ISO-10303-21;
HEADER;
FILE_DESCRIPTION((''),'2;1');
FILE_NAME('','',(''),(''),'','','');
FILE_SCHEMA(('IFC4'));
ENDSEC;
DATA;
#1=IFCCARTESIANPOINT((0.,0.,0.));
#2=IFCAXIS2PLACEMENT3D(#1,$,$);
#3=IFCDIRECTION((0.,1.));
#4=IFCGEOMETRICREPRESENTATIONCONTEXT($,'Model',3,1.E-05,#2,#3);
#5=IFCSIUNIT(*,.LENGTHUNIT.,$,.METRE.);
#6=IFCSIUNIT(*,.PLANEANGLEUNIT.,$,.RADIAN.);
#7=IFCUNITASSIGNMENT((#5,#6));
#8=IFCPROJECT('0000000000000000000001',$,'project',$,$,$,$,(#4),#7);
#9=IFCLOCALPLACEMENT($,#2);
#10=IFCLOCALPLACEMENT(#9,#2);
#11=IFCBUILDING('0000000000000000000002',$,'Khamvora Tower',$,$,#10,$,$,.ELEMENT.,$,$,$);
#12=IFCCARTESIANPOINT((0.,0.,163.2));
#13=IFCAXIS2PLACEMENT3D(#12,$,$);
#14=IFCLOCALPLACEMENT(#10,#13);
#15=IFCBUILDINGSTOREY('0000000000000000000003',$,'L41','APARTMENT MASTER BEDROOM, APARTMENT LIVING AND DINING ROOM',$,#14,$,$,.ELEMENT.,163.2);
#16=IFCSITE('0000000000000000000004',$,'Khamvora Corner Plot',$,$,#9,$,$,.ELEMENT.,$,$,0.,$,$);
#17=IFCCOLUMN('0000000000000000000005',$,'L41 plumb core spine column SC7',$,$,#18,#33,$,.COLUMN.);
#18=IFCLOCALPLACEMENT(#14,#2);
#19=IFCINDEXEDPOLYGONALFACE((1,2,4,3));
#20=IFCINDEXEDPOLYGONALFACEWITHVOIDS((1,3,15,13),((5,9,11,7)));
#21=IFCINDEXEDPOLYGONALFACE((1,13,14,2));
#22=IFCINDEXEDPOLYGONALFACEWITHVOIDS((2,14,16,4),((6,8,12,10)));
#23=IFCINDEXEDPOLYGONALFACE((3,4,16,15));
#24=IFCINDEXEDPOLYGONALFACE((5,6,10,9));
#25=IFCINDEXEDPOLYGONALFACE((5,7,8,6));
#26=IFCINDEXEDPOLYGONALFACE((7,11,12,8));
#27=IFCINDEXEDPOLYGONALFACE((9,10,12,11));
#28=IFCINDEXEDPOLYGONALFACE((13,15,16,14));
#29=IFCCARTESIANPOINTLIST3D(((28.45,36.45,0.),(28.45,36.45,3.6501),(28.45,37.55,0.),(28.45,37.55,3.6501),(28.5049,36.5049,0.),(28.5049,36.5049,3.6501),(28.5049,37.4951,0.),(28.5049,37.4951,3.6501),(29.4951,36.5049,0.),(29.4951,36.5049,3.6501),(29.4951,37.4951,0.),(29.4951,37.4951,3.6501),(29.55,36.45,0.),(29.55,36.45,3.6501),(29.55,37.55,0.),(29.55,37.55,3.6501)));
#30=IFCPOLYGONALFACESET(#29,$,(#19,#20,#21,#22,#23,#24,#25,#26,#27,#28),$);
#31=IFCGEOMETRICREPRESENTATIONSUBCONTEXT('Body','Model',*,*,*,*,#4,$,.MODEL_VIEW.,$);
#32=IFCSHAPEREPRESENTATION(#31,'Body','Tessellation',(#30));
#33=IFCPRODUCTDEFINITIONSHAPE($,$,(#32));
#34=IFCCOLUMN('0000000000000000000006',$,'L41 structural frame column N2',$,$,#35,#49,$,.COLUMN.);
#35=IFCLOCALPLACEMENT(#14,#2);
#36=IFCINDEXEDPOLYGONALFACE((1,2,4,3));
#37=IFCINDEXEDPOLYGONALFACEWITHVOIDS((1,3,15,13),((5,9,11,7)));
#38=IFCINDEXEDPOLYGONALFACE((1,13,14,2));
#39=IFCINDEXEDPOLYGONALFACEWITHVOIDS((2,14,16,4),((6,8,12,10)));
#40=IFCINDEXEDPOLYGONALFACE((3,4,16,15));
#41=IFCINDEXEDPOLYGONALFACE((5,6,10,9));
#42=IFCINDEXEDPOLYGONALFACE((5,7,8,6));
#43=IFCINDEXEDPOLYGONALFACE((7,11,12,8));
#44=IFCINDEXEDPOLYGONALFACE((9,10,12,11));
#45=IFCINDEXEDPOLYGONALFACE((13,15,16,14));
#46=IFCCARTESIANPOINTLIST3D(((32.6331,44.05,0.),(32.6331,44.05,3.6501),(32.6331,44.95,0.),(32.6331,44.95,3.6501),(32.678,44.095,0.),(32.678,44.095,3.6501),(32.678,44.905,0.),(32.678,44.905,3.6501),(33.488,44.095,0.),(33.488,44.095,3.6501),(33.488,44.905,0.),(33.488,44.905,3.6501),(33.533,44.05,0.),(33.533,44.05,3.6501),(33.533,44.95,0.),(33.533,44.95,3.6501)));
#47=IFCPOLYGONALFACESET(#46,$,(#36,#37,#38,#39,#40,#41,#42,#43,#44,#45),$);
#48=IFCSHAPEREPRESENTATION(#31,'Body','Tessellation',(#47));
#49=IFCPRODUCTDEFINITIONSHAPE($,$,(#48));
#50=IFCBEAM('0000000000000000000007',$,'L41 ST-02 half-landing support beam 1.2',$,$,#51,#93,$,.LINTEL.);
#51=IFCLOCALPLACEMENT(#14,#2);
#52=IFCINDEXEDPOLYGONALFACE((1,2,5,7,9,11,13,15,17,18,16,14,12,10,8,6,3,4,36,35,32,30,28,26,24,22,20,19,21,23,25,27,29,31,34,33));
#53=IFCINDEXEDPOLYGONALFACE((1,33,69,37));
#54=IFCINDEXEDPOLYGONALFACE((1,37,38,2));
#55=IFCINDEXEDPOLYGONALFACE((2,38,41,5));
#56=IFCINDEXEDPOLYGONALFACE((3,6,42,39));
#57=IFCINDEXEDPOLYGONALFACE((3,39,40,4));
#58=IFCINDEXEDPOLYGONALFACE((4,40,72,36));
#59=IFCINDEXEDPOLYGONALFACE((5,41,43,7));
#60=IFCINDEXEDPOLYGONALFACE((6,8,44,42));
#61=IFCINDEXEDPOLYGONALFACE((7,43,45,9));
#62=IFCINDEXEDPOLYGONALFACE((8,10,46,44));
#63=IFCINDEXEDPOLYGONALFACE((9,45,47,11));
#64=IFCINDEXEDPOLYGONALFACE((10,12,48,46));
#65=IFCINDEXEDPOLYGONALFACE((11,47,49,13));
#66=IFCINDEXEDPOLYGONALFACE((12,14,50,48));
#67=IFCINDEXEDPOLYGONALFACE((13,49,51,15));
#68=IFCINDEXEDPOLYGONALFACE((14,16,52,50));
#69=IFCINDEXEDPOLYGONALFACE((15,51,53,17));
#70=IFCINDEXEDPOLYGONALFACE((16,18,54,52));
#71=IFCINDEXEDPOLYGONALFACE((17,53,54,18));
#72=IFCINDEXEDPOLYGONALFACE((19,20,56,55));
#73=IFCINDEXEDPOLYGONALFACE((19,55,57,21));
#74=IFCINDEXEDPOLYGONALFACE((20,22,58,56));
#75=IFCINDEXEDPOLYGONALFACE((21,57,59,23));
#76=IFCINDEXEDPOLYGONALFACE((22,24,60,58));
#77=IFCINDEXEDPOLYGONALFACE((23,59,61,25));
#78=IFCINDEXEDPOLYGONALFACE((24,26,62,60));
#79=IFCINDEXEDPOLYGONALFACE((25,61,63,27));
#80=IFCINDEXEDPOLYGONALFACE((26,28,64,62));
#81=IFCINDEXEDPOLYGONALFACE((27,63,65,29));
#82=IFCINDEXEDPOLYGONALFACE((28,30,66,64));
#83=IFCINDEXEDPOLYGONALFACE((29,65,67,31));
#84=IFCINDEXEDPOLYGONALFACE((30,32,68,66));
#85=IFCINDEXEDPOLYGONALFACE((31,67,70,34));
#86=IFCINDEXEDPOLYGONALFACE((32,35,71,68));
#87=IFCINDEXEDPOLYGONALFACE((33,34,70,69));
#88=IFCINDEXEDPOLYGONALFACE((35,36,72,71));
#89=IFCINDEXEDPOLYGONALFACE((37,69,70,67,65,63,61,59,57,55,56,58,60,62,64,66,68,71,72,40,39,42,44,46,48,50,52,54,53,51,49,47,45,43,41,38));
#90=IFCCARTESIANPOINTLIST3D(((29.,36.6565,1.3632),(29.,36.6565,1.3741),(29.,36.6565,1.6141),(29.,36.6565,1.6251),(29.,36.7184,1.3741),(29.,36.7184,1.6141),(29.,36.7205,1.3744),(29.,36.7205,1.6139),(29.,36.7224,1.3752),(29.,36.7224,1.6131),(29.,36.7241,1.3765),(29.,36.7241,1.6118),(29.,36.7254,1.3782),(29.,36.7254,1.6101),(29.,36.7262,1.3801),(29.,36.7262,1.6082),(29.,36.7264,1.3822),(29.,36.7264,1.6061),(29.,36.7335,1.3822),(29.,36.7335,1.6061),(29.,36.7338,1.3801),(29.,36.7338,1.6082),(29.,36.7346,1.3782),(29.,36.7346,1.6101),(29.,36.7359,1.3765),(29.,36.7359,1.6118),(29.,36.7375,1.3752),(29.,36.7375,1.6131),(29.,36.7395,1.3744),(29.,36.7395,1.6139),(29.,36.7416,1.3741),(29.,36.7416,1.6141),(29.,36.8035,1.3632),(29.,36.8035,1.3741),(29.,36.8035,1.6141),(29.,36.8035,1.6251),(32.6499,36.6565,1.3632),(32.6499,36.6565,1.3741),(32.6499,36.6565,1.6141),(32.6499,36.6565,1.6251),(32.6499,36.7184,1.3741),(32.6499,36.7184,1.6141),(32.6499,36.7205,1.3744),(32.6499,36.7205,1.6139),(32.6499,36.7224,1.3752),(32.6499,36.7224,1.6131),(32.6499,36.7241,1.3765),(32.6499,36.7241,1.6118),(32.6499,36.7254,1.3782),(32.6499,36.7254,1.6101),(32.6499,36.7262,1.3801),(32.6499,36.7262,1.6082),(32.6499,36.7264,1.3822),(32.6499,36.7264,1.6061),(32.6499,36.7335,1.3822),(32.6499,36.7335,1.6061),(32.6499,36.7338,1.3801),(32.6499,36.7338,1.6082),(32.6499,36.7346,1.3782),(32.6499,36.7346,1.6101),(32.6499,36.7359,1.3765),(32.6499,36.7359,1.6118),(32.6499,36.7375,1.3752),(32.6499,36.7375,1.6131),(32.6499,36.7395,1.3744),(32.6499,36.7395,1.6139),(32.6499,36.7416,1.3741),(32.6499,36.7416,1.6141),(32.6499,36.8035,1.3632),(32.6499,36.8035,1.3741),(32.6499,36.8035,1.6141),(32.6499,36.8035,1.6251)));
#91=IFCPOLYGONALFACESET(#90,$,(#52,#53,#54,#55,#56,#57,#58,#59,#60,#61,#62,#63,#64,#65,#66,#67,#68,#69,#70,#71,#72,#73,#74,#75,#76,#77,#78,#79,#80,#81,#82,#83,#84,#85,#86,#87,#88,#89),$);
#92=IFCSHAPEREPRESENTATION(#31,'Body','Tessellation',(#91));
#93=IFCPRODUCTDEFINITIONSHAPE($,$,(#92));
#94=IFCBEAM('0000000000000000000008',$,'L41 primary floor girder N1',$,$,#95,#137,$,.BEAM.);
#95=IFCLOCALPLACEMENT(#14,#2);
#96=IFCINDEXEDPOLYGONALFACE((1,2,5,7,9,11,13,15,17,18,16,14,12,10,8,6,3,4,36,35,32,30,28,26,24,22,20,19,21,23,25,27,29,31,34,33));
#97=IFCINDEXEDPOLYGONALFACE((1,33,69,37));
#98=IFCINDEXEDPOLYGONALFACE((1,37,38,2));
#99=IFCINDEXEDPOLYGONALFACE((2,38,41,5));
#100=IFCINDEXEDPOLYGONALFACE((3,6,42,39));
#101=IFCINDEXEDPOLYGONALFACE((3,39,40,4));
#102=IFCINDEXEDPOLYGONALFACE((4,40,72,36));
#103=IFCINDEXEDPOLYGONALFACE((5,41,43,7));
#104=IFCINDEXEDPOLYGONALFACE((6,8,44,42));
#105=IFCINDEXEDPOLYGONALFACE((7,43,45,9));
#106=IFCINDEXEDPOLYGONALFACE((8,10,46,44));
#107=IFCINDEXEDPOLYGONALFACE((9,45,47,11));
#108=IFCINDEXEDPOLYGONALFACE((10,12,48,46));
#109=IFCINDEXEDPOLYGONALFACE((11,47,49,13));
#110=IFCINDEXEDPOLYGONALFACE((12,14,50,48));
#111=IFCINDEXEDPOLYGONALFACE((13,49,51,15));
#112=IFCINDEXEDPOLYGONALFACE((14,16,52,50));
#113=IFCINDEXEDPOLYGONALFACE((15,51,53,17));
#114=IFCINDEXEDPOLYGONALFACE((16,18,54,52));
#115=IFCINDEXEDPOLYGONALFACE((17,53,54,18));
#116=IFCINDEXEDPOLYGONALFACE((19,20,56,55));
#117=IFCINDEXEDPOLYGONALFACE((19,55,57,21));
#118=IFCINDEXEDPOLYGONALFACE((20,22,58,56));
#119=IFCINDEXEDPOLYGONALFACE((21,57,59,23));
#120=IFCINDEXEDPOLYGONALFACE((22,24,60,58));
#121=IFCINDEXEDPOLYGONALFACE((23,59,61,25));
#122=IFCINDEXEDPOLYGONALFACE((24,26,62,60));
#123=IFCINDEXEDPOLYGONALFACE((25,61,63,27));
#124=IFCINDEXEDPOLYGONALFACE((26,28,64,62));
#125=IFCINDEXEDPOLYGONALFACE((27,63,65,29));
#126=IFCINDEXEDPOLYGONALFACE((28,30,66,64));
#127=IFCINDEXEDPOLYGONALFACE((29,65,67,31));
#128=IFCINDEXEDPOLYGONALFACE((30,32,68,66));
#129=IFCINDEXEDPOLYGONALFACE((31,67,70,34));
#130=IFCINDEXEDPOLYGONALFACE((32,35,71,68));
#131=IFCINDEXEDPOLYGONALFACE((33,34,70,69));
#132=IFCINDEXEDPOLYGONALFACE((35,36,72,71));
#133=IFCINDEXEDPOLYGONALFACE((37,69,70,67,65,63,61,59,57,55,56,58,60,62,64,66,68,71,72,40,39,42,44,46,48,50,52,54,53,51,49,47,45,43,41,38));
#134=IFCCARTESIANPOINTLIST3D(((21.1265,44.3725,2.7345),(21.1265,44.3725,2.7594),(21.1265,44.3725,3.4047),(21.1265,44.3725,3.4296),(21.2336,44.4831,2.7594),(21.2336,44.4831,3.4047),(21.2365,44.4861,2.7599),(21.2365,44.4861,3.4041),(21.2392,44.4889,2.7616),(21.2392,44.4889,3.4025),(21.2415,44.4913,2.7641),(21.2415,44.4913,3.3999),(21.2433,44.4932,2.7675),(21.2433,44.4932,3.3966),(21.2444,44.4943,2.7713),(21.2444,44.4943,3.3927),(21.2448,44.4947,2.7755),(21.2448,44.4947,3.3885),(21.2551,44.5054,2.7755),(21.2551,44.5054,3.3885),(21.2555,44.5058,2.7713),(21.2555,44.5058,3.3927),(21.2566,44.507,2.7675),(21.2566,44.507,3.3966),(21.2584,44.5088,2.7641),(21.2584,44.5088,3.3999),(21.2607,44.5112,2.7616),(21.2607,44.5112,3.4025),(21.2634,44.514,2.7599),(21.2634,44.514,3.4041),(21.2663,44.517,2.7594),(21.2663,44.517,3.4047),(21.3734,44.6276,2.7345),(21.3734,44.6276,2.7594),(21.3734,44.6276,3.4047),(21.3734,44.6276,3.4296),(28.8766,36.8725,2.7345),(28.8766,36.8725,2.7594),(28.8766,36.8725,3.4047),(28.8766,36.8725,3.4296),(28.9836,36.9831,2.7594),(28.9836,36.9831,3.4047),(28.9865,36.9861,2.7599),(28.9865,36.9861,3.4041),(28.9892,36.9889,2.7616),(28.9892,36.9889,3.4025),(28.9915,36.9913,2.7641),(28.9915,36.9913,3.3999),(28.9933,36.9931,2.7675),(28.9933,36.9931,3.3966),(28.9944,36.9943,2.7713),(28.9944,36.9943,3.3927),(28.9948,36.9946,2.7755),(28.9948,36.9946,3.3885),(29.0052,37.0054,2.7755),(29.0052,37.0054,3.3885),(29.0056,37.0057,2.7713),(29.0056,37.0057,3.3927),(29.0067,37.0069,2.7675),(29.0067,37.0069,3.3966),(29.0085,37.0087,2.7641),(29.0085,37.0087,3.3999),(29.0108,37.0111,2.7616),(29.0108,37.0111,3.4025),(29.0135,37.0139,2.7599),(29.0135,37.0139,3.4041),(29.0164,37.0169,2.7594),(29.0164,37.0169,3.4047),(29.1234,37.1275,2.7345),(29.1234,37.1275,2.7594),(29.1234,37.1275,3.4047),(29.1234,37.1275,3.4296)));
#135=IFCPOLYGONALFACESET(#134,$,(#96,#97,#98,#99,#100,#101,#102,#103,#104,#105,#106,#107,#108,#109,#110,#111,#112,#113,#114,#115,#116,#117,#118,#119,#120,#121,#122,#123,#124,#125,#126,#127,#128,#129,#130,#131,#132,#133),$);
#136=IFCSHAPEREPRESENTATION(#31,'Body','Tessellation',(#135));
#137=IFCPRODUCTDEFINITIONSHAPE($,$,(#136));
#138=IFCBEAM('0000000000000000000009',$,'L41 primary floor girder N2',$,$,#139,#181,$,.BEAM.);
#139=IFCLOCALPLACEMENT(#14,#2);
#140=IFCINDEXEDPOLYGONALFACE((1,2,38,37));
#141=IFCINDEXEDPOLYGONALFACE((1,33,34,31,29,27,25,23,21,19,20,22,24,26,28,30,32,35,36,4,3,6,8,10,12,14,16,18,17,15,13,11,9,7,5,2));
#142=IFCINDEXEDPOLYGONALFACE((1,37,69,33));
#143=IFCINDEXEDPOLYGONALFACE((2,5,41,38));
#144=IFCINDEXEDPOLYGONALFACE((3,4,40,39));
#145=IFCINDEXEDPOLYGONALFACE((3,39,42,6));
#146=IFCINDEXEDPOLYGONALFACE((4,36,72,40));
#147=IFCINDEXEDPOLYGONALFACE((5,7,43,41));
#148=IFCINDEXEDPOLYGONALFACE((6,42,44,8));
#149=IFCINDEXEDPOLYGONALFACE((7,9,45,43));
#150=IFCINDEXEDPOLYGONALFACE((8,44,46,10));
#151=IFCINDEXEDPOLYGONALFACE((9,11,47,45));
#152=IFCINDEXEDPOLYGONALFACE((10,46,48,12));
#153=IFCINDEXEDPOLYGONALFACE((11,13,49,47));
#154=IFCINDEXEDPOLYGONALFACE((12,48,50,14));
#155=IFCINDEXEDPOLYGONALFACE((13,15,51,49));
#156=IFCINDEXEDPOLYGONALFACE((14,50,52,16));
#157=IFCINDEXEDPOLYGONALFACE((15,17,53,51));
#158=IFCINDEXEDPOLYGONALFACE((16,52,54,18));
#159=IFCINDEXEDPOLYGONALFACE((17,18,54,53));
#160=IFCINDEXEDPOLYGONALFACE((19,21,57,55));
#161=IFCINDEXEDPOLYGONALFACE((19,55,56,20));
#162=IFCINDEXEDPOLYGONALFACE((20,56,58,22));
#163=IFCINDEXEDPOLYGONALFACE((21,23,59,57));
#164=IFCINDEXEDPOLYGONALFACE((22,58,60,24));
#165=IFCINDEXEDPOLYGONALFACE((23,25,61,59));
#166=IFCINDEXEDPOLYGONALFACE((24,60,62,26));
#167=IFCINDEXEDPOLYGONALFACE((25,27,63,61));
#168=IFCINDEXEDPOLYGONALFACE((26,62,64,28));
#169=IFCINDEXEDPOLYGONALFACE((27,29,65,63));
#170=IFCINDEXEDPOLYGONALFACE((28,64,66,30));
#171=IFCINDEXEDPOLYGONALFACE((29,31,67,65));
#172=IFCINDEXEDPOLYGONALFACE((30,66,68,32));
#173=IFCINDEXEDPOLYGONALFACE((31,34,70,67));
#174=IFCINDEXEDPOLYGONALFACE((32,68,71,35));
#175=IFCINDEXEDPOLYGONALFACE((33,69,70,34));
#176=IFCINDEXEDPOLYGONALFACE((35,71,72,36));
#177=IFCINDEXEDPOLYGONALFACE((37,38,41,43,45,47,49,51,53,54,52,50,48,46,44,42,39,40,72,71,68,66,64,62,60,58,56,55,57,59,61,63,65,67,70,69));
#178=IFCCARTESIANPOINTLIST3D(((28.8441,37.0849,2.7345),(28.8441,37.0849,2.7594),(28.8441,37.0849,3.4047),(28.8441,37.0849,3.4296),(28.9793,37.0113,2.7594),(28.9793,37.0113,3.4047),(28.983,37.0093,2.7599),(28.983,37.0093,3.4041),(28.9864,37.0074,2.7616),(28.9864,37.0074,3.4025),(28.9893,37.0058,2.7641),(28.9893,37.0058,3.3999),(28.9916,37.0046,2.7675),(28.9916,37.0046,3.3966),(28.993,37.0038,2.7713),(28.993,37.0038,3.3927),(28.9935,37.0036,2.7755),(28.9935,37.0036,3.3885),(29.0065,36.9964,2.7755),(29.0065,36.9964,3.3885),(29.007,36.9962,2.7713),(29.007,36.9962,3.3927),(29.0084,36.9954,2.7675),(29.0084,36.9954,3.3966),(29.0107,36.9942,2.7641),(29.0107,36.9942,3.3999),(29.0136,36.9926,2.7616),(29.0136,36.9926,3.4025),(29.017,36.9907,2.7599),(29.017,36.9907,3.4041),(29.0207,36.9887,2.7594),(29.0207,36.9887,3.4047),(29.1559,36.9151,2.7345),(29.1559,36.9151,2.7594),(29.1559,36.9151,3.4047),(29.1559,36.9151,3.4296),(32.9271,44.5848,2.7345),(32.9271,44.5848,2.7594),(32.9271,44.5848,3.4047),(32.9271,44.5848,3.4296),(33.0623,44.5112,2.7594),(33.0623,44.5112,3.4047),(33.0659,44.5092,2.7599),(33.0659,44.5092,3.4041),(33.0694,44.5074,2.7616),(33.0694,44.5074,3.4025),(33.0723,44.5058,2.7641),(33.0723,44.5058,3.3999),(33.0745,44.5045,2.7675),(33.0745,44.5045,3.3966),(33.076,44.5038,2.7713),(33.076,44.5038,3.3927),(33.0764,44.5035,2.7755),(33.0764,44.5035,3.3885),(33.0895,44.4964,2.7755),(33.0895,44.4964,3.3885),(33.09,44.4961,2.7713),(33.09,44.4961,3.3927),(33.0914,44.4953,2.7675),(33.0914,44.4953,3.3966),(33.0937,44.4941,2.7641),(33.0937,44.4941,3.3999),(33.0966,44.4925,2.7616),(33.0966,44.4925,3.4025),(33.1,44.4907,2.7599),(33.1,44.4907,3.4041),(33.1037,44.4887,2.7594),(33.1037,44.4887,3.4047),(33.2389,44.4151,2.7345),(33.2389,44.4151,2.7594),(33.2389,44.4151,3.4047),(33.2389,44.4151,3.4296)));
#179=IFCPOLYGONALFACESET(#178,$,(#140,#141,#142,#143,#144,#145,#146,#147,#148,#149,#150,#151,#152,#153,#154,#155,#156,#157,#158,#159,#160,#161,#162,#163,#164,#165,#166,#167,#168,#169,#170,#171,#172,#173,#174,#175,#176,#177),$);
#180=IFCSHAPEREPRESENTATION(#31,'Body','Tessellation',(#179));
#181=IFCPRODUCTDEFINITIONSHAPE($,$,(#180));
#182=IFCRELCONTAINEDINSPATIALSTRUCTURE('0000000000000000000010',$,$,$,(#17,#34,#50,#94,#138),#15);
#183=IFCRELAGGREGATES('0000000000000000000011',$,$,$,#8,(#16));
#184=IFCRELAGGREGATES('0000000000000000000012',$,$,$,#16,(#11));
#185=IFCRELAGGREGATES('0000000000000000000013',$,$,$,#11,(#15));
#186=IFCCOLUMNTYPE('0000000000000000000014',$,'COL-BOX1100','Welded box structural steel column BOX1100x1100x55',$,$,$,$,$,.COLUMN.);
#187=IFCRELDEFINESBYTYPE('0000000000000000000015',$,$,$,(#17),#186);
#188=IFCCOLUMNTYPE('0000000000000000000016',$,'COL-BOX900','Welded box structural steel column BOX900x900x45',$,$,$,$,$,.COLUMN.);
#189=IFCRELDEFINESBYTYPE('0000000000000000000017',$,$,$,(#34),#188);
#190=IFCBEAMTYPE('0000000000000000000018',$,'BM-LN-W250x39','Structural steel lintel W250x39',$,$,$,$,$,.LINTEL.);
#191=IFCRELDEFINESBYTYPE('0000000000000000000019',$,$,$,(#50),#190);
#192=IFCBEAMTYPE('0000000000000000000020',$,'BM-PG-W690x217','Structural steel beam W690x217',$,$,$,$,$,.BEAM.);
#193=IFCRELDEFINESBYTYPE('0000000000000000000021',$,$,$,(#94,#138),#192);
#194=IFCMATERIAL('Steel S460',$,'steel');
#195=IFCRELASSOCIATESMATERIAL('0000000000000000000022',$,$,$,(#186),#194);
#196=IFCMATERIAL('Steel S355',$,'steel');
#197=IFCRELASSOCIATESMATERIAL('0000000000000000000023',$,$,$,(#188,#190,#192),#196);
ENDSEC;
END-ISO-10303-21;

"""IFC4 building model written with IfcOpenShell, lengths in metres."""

from ifc_helpers import new_model, si_unit, direction, frame, origin, origin_2d, place, context, subcontext, project, spatial, hollow_rectangle, i_section, extrude, material, material_profile, profile_set, type_object, element, save


model = new_model("IFC4")

# Units and contexts
model_context = context("Model", 3, precision=1e-05, world=origin(), true_north=direction((0.0, 1.0)))
body_context = subcontext(model_context, "Body", "Model", "MODEL_VIEW")
ifc_project = project(units=[si_unit("LENGTHUNIT", "METRE"), si_unit("PLANEANGLEUNIT", "RADIAN")], contexts=[model_context])

# Site, building, storey
site_placement = place(None, origin())
site = spatial("IfcSite", under=ifc_project, at=site_placement, Name="Khamvora Corner Plot", CompositionType="ELEMENT", RefElevation=0.0)
building_placement = place(site_placement, origin())
building = spatial("IfcBuilding", under=site, at=building_placement, Name="Khamvora Tower", CompositionType="ELEMENT")
storey_placement = place(building_placement, frame((0.0, 0.0, 163.2)))
storey = spatial("IfcBuildingStorey", under=building, at=storey_placement, Name="L41", Description="APARTMENT MASTER BEDROOM, APARTMENT LIVING AND DINING ROOM", CompositionType="ELEMENT", Elevation=163.2)

# Columns
ifc_material_1 = material(Name="Steel S460", Category="steel")
ifc_material_profile_1 = material_profile(ifc_material_1, hollow_rectangle(XDim=1.1001, YDim=1.1001, WallThickness=0.0549, at=origin_2d()), Name="BOX1100x1100x55")
ifc_profile_set_1 = profile_set([ifc_material_profile_1], Name="Steel S460")
column_type_1 = type_object("IfcColumnType", Name="COL-BOX1100", Description="Welded box structural steel column BOX1100x1100x55", PredefinedType="COLUMN", material=ifc_profile_set_1)
column_1_placement = place(storey_placement, frame((29.0, 37.0, 0.0), z_axis=(0.0, 0.0, 1.0), x_axis=(1.0, 0.0, 0.0)))
element("IfcColumn", 1, at=column_1_placement, inside=storey, type_object=column_type_1, Name="L41 plumb core spine column SC7", PredefinedType="COLUMN", context=body_context, shape_type="SweptSolid", body=[
    extrude(hollow_rectangle(XDim=1.1001, YDim=1.1001, WallThickness=0.0549, at=origin_2d()), origin(), (0.0, 0.0, 1.0), 3.6501),
])
ifc_material_2 = material(Name="Steel S355", Category="steel")
ifc_material_profile_2 = material_profile(ifc_material_2, hollow_rectangle(XDim=0.8999, YDim=0.8999, WallThickness=0.0449, at=origin_2d()), Name="BOX900x900x45")
ifc_profile_set_2 = profile_set([ifc_material_profile_2], Name="Steel S355")
column_type_2 = type_object("IfcColumnType", Name="COL-BOX900", Description="Welded box structural steel column BOX900x900x45", PredefinedType="COLUMN", material=ifc_profile_set_2)
column_2_placement = place(storey_placement, frame((33.083, 44.5, 0.0), z_axis=(0.0, 0.0, 1.0), x_axis=(1.0, 0.0, 0.0)))
element("IfcColumn", 2, at=column_2_placement, inside=storey, type_object=column_type_2, Name="L41 structural frame column N2", PredefinedType="COLUMN", context=body_context, shape_type="SweptSolid", body=[
    extrude(hollow_rectangle(XDim=0.8999, YDim=0.8999, WallThickness=0.0449, at=origin_2d()), origin(), (0.0, 0.0, 1.0), 3.6501),
])

# Beams
ifc_material_profile_3 = material_profile(ifc_material_2, i_section(OverallWidth=0.147, OverallDepth=0.262, WebThickness=0.0071, FlangeThickness=0.011, FilletRadius=0.0081, at=origin_2d()), Name="W250x39")
ifc_profile_set_3 = profile_set([ifc_material_profile_3], Name="Steel S355")
beam_type_1 = type_object("IfcBeamType", Name="BM-LN-W250x39", Description="Structural steel lintel W250x39", PredefinedType="LINTEL", material=ifc_profile_set_3)
beam_1_placement = place(storey_placement, frame((29.0, 36.73, 1.4941), z_axis=(1.0, 0.0, 0.0), x_axis=(0.0, 1.0, 0.0)))
element("IfcBeam", 3, at=beam_1_placement, inside=storey, type_object=beam_type_1, Name="L41 ST-02 half-landing support beam 1.2", PredefinedType="LINTEL", context=body_context, shape_type="SweptSolid", body=[
    extrude(i_section(OverallWidth=0.147, OverallDepth=0.262, WebThickness=0.0071, FlangeThickness=0.011, FilletRadius=0.0081, at=origin_2d()), origin(), (0.0, 0.0, 1.0), 3.6499),
])
ifc_material_profile_4 = material_profile(ifc_material_2, i_section(OverallWidth=0.355, OverallDepth=0.6951, WebThickness=0.0149, FlangeThickness=0.0249, FilletRadius=0.0161, at=origin_2d()), Name="W690x217")
ifc_profile_set_4 = profile_set([ifc_material_profile_4], Name="Steel S355")
beam_type_2 = type_object("IfcBeamType", Name="BM-PG-W690x217", Description="Structural steel beam W690x217", PredefinedType="BEAM", material=ifc_profile_set_4)
beam_2_placement = place(storey_placement, frame((29.0, 37.0, 3.082), z_axis=(-0.718602, 0.695421, 0.0), x_axis=(-0.695421, -0.718602, 0.0)))
element("IfcBeam", 4, at=beam_2_placement, inside=storey, type_object=beam_type_2, Name="L41 primary floor girder N1", PredefinedType="BEAM", context=body_context, shape_type="SweptSolid", body=[
    extrude(i_section(OverallWidth=0.355, OverallDepth=0.6951, WebThickness=0.0149, FlangeThickness=0.0249, FilletRadius=0.0161, at=origin_2d()), origin(), (0.0, 0.0, 1.0), 10.7849),
])
beam_3_placement = place(storey_placement, frame((29.0, 37.0, 3.082), z_axis=(0.478139, 0.878284, 0.0), x_axis=(-0.878284, 0.478139, 0.0)))
element("IfcBeam", 5, at=beam_3_placement, inside=storey, type_object=beam_type_2, Name="L41 primary floor girder N2", PredefinedType="BEAM", context=body_context, shape_type="SweptSolid", body=[
    extrude(i_section(OverallWidth=0.355, OverallDepth=0.6951, WebThickness=0.0149, FlangeThickness=0.0249, FilletRadius=0.0161, at=origin_2d()), origin(), (0.0, 0.0, 1.0), 8.5393),
])

save(model, "model.ifc")
